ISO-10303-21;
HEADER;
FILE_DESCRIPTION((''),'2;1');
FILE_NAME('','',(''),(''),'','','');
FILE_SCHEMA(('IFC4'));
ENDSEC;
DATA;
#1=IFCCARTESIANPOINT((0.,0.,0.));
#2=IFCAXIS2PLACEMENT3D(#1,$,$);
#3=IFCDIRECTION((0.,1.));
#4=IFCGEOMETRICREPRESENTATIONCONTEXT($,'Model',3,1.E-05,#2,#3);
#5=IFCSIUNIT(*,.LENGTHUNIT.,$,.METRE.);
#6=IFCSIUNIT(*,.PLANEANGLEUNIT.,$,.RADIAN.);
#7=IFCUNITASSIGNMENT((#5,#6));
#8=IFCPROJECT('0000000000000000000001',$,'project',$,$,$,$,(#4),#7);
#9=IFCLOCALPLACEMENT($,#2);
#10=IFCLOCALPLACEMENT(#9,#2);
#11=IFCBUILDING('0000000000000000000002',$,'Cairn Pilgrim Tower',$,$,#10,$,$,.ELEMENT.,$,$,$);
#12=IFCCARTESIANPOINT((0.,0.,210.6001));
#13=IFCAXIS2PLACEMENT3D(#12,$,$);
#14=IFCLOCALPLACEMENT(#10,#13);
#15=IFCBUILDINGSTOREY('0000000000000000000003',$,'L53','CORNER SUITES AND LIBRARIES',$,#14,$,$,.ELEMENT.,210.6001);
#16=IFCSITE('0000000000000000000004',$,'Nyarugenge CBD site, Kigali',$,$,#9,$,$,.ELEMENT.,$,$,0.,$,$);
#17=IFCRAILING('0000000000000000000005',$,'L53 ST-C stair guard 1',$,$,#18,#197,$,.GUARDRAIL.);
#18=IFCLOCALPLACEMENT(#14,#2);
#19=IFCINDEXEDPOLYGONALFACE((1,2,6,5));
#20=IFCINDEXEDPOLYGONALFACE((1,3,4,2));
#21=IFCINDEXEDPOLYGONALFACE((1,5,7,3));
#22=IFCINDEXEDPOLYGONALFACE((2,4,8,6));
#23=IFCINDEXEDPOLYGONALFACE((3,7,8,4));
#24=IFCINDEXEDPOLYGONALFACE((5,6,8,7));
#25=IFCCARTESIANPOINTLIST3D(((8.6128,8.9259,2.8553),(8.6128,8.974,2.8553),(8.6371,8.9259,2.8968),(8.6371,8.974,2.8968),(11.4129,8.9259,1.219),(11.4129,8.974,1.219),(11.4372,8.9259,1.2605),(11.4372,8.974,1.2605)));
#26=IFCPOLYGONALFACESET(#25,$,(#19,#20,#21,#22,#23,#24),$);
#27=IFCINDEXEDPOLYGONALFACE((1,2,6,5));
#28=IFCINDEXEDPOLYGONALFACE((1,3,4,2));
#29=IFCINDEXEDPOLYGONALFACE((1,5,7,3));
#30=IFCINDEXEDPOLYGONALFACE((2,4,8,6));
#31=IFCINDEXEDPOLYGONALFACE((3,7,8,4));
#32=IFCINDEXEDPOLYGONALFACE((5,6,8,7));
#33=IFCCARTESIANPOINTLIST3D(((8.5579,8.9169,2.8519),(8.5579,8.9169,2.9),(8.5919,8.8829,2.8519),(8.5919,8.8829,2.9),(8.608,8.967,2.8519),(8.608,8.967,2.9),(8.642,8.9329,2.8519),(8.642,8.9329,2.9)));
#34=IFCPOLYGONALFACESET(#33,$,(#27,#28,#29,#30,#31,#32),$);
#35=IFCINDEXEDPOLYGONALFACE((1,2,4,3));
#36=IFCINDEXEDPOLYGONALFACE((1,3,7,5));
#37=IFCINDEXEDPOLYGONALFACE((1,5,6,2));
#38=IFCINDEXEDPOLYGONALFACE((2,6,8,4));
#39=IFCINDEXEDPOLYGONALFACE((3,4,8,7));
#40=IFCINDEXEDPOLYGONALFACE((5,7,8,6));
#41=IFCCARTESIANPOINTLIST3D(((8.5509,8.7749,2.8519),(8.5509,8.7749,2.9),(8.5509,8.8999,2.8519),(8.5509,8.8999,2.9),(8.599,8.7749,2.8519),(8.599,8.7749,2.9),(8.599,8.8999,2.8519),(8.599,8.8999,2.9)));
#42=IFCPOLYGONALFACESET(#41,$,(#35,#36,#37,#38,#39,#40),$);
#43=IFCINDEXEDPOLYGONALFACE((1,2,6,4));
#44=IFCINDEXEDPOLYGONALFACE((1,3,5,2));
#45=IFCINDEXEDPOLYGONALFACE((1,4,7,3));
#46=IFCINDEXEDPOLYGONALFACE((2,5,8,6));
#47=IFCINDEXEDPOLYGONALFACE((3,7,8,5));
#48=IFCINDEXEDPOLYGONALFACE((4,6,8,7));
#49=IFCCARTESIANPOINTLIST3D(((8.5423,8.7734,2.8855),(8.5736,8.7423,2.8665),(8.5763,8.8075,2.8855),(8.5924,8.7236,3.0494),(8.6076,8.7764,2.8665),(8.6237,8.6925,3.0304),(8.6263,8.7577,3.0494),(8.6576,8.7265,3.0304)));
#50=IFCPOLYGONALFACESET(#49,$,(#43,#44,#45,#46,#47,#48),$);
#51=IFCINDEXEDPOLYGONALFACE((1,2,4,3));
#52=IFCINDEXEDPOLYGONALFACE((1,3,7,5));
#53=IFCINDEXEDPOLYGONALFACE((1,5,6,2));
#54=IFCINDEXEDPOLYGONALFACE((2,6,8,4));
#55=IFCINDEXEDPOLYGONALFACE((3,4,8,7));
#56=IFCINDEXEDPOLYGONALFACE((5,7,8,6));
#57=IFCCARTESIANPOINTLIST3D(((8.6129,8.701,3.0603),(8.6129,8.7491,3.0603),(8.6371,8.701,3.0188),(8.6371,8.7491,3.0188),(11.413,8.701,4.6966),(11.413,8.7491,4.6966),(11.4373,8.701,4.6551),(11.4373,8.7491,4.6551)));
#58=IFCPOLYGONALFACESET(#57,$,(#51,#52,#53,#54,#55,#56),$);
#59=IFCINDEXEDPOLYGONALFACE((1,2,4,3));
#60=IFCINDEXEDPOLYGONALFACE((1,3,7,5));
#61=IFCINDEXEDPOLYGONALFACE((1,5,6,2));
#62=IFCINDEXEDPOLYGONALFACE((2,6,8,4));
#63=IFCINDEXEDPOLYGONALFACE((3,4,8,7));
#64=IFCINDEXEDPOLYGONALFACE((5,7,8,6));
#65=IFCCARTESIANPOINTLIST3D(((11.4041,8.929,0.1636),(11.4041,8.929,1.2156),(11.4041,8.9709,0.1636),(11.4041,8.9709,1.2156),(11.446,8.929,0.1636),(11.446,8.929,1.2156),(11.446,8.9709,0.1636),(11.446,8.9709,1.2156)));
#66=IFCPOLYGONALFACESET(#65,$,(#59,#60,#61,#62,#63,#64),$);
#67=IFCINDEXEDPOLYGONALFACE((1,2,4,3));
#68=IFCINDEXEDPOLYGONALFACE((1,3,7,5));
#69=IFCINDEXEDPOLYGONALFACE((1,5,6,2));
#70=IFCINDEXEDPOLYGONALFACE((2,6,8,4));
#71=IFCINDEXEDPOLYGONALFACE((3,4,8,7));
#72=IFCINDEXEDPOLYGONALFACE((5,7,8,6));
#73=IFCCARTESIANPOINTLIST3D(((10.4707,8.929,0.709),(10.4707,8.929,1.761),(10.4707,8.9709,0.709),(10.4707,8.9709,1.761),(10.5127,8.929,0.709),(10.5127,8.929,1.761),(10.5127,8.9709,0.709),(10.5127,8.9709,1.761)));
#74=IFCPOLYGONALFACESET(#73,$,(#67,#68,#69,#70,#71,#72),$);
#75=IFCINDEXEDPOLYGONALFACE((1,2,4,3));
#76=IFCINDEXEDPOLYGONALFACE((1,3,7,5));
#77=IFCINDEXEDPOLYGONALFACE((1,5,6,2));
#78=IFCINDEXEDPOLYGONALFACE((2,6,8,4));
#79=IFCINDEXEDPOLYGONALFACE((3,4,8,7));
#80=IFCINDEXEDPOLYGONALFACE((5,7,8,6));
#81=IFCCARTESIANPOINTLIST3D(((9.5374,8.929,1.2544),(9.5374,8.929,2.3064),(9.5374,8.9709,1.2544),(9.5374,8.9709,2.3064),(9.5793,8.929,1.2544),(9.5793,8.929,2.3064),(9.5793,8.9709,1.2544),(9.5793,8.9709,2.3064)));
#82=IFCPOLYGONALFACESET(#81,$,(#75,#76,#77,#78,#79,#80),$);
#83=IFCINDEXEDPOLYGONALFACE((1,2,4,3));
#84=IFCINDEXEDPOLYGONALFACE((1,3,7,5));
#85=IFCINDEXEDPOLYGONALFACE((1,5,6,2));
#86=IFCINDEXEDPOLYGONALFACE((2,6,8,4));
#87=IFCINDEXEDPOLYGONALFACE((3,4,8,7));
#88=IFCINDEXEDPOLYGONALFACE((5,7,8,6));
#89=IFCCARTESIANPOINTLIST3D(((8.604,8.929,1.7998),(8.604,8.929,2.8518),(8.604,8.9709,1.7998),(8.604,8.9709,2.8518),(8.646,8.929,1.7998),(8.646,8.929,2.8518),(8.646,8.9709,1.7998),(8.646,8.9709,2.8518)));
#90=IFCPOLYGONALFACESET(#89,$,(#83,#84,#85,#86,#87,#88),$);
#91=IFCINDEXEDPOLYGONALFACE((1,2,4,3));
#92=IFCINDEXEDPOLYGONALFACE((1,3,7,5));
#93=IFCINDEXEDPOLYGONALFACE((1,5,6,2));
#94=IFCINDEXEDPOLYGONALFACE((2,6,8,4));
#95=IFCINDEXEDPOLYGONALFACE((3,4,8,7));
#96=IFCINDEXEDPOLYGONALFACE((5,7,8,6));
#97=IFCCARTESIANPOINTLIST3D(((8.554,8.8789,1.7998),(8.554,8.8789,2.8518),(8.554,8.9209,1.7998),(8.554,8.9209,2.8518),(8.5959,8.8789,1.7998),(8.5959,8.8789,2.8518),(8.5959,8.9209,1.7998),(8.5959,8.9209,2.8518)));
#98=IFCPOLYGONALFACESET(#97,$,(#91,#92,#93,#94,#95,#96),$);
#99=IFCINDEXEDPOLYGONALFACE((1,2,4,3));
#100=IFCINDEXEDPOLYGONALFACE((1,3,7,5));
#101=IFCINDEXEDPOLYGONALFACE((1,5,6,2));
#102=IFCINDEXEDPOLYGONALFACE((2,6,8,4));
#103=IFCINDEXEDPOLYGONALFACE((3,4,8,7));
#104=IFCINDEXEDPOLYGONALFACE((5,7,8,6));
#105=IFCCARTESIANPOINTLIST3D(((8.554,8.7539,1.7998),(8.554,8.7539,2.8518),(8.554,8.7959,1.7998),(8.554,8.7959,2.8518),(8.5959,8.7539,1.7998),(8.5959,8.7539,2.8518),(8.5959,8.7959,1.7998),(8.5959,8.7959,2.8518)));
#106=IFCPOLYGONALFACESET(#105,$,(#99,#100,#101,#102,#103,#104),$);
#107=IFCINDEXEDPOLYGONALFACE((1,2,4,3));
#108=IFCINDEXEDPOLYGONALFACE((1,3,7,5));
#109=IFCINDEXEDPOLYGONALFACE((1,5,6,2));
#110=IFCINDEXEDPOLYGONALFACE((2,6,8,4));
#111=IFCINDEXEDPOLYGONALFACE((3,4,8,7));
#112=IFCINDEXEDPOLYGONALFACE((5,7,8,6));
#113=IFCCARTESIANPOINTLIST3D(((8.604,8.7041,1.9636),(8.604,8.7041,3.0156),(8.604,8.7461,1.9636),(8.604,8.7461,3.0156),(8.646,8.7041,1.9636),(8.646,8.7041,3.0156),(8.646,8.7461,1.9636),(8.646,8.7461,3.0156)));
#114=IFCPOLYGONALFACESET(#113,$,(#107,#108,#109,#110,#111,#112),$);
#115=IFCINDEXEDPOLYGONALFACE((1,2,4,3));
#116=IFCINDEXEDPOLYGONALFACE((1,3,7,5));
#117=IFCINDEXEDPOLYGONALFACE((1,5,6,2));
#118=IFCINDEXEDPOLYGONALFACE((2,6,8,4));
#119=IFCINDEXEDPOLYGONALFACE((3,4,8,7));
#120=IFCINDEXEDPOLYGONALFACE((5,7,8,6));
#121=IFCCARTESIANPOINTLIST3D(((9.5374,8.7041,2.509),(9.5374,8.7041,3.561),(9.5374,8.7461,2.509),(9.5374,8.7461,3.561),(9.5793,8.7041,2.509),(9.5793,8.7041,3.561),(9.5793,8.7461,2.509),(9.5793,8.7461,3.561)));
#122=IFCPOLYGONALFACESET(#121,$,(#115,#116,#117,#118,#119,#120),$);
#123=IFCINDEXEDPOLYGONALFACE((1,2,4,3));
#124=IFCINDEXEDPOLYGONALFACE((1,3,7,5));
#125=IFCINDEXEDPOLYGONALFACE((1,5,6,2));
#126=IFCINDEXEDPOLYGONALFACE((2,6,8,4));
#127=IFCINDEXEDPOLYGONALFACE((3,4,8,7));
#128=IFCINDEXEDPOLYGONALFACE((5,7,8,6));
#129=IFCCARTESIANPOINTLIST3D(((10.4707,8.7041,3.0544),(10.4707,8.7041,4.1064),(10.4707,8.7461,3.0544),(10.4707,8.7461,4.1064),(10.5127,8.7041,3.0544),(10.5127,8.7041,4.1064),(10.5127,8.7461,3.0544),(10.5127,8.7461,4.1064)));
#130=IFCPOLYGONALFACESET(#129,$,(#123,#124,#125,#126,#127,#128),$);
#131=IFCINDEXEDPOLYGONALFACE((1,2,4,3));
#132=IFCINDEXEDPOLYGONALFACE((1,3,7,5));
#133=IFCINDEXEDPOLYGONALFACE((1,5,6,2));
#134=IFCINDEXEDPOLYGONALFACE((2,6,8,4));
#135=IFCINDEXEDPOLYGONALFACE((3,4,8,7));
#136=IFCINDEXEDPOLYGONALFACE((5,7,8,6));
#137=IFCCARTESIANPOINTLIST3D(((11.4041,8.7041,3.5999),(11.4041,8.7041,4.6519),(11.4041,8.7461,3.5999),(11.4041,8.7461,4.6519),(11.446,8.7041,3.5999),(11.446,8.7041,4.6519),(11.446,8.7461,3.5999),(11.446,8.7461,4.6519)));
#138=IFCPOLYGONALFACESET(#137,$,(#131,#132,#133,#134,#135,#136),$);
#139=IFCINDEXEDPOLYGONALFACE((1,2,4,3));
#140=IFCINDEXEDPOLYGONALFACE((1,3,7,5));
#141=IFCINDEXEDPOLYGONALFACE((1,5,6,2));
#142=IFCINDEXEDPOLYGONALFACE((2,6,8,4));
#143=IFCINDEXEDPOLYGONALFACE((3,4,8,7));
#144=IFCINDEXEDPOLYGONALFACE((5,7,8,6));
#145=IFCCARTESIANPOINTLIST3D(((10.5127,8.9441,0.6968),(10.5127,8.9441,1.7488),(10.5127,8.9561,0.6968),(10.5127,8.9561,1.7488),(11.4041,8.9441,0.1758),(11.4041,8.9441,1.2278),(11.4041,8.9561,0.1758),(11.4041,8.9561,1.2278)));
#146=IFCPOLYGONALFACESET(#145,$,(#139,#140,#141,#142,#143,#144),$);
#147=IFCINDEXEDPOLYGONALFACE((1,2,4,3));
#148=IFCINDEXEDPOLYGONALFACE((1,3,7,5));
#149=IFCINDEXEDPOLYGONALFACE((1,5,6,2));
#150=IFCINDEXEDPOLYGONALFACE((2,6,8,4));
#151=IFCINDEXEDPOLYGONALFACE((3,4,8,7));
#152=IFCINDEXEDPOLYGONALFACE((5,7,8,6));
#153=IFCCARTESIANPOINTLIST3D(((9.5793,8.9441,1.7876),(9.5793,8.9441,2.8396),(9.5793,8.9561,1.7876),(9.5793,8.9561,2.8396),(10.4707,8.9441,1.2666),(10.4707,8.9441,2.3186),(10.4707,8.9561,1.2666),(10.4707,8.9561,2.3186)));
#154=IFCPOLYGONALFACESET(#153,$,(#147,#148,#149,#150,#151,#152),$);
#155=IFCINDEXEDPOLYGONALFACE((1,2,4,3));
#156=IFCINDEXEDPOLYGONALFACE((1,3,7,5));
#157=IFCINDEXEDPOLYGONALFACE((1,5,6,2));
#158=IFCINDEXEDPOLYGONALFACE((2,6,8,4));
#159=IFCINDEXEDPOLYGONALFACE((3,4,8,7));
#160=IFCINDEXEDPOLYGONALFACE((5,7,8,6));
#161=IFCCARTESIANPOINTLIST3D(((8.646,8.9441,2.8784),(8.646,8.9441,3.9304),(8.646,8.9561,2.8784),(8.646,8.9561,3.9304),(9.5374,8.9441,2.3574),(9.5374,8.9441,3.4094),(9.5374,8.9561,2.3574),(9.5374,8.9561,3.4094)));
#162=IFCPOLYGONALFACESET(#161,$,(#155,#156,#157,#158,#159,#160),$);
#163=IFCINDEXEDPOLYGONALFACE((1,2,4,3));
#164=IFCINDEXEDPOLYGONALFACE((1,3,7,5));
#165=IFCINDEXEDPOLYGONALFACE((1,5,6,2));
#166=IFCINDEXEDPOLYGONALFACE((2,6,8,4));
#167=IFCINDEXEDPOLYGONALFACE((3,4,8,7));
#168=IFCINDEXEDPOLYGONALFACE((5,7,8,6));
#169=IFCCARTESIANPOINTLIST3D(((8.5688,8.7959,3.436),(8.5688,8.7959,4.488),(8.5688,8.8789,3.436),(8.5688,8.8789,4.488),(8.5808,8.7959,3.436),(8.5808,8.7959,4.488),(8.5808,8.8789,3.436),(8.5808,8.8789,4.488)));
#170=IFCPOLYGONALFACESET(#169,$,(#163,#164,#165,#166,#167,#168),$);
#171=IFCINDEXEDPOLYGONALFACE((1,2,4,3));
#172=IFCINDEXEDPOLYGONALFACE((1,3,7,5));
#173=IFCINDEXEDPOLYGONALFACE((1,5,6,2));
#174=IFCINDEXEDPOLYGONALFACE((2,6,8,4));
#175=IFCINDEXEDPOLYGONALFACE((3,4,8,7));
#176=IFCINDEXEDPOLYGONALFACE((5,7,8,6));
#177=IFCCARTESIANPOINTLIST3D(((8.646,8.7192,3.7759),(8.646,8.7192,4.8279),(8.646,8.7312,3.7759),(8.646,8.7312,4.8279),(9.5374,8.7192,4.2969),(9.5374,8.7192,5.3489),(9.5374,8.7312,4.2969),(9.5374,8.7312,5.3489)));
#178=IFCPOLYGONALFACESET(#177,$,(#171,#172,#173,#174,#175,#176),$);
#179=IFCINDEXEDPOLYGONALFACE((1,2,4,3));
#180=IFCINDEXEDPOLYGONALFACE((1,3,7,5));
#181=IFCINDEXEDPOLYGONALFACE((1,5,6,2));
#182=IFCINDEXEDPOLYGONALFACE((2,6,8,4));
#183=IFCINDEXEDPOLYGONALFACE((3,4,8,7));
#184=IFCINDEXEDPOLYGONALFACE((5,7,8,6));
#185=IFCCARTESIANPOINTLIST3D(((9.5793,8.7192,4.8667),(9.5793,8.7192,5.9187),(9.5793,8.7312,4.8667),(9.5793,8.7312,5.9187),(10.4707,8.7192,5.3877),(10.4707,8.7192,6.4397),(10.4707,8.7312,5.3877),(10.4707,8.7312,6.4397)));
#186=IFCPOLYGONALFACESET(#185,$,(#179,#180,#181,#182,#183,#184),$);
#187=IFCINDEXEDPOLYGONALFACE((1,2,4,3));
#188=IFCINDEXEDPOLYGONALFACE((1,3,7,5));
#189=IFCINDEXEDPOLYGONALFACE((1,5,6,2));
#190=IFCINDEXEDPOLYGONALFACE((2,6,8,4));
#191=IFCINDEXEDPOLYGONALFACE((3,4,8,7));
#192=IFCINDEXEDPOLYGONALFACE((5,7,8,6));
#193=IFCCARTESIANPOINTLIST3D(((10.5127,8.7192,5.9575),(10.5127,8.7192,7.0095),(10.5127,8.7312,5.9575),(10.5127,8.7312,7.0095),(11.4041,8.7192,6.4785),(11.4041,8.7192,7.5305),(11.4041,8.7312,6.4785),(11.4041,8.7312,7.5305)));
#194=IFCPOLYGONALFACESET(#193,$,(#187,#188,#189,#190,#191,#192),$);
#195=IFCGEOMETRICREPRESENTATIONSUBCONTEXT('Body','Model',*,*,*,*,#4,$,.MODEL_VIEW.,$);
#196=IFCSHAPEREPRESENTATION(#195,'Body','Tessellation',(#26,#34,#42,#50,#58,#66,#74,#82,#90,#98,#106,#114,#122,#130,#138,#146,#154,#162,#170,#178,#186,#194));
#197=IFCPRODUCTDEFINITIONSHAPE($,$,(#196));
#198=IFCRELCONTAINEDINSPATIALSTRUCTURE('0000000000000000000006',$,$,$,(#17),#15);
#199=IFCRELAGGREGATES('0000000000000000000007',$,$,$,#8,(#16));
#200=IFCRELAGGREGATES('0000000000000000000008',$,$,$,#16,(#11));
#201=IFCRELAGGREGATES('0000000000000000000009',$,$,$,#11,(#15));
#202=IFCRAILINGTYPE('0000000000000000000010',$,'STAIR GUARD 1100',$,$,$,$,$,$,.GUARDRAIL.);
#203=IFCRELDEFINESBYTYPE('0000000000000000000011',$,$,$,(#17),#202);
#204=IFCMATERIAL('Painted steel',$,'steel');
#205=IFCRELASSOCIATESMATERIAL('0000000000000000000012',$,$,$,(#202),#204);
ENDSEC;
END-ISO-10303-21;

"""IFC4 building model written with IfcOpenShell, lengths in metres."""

from ifc_helpers import new_model, si_unit, direction, frame, origin, origin_2d, place, context, subcontext, project, spatial, polyline, rectangle, outline, extrude, material, type_object, element, save


model = new_model("IFC4")

# Units and contexts
model_context = context("Model", 3, precision=1e-05, world=origin(), true_north=direction((0.0, 1.0)))
body_context = subcontext(model_context, "Body", "Model", "MODEL_VIEW")
ifc_project = project(units=[si_unit("LENGTHUNIT", "METRE"), si_unit("PLANEANGLEUNIT", "RADIAN")], contexts=[model_context])

# Site, building, storey
site_placement = place(None, origin())
site = spatial("IfcSite", under=ifc_project, at=site_placement, Name="Nyarugenge CBD site, Kigali", CompositionType="ELEMENT", RefElevation=0.0)
building_placement = place(site_placement, origin())
building = spatial("IfcBuilding", under=site, at=building_placement, Name="Cairn Pilgrim Tower", CompositionType="ELEMENT")
storey_placement = place(building_placement, frame((0.0, 0.0, 210.6001)))
storey = spatial("IfcBuildingStorey", under=building, at=storey_placement, Name="L53", Description="CORNER SUITES AND LIBRARIES", CompositionType="ELEMENT", Elevation=210.6001)

# Shared definitions
ifc_material_1 = material(Name="Painted steel", Category="steel")

# Railing
railing_type_1 = type_object("IfcRailingType", Name="STAIR GUARD 1100", PredefinedType="GUARDRAIL", material=ifc_material_1)
railing_1_placement = place(storey_placement, frame((11.425, 8.95, 0.1636)))
element("IfcRailing", 1, at=railing_1_placement, inside=storey, type_object=railing_type_1, Name="L53 ST-C stair guard 1", PredefinedType="GUARDRAIL", context=body_context, shape_type="SweptSolid", body=[
    extrude(rectangle(XDim=0.0481, YDim=0.0481, at=origin_2d()), frame((0.0, 0.0, 1.0762), z_axis=(-0.863394, 0.0, 0.504531), x_axis=(0.0, -1.0, 0.0)), (0.0, 0.0, 1.0), 3.2432),
    extrude(rectangle(XDim=0.0481, YDim=0.0481, at=origin_2d()), frame((-2.8, 0.0, 2.7124), z_axis=(-0.707107, -0.707107, 0.0), x_axis=(0.707107, -0.707107, 0.0)), (0.0, 0.0, 1.0), 0.0708),
    extrude(rectangle(XDim=0.0481, YDim=0.0481, at=origin_2d()), frame((-2.8501, -0.05, 2.7124), z_axis=(0.0, -1.0, 0.0), x_axis=(1.0, 0.0, 0.0)), (0.0, 0.0, 1.0), 0.125),
    extrude(rectangle(XDim=0.0481, YDim=0.0481, at=origin_2d()), frame((-2.8501, -0.175, 2.7124), z_axis=(0.280564, -0.279195, 0.918332), x_axis=(0.705376, 0.708834, 0.0)), (0.0, 0.0, 1.0), 0.1785),
    extrude(rectangle(XDim=0.0481, YDim=0.0481, at=origin_2d()), frame((-2.8, -0.2249, 2.876), z_axis=(0.863394, 0.0, 0.504531), x_axis=(0.0, 1.0, 0.0)), (0.0, 0.0, 1.0), 3.2432),
    extrude(rectangle(XDim=0.042, YDim=0.042, at=origin_2d()), origin(), (0.0, 0.0, 1.0), 1.052),
    extrude(rectangle(XDim=0.042, YDim=0.042, at=origin_2d()), frame((-0.9333, 0.0, 0.5454)), (0.0, 0.0, 1.0), 1.052),
    extrude(rectangle(XDim=0.042, YDim=0.042, at=origin_2d()), frame((-1.8667, 0.0, 1.0908)), (0.0, 0.0, 1.0), 1.052),
    extrude(rectangle(XDim=0.042, YDim=0.042, at=origin_2d()), frame((-2.8, 0.0, 1.6362)), (0.0, 0.0, 1.0), 1.052),
    extrude(rectangle(XDim=0.042, YDim=0.042, at=origin_2d()), frame((-2.8501, -0.05, 1.6362)), (0.0, 0.0, 1.0), 1.052),
    extrude(rectangle(XDim=0.042, YDim=0.042, at=origin_2d()), frame((-2.8501, -0.175, 1.6362)), (0.0, 0.0, 1.0), 1.052),
    extrude(rectangle(XDim=0.042, YDim=0.042, at=origin_2d()), frame((-2.8, -0.2249, 1.8)), (0.0, 0.0, 1.0), 1.052),
    extrude(rectangle(XDim=0.042, YDim=0.042, at=origin_2d()), frame((-1.8667, -0.2249, 2.3455)), (0.0, 0.0, 1.0), 1.052),
    extrude(rectangle(XDim=0.042, YDim=0.042, at=origin_2d()), frame((-0.9333, -0.2249, 2.8909)), (0.0, 0.0, 1.0), 1.052),
    extrude(rectangle(XDim=0.042, YDim=0.042, at=origin_2d()), frame((0.0, -0.2249, 3.4363)), (0.0, 0.0, 1.0), 1.052),
    extrude(outline(polyline([(0.021, 0.0122), (0.9124, 0.5332), (0.9124, 1.5852), (0.021, 1.0642), (0.021, 0.0122)])), frame((0.0, -0.0059, 0.0), z_axis=(0.0, 1.0, 0.0), x_axis=(-1.0, 0.0, 0.0)), (0.0, 0.0, 1.0), 0.012),
    extrude(outline(polyline([(0.021, 0.5576), (0.9124, 1.0786), (0.9124, 2.1306), (0.021, 1.6096), (0.021, 0.5576)])), frame((-0.9333, -0.0059, 0.5454), z_axis=(0.0, 1.0, 0.0), x_axis=(-1.0, 0.0, 0.0)), (0.0, 0.0, 1.0), 0.012),
    extrude(outline(polyline([(0.021, 1.103), (0.9124, 1.624), (0.9124, 2.676), (0.021, 2.155), (0.021, 1.103)])), frame((-1.8667, -0.0059, 1.0908), z_axis=(0.0, 1.0, 0.0), x_axis=(-1.0, 0.0, 0.0)), (0.0, 0.0, 1.0), 0.012),
    extrude(outline(polyline([(0.021, 1.6362), (0.104, 1.6362), (0.104, 2.6882), (0.021, 2.6882), (0.021, 1.6362)])), frame((-2.8442, -0.05, 1.6362), z_axis=(-1.0, 0.0, 0.0), x_axis=(0.0, -1.0, 0.0)), (0.0, 0.0, 1.0), 0.012),
    extrude(outline(polyline([(0.021, 1.8123), (0.9124, 2.3333), (0.9124, 3.3853), (0.021, 2.8643), (0.021, 1.8123)])), frame((-2.8, -0.2188, 1.8), z_axis=(0.0, -1.0, 0.0), x_axis=(1.0, 0.0, 0.0)), (0.0, 0.0, 1.0), 0.012),
    extrude(outline(polyline([(0.021, 2.3577), (0.9124, 2.8787), (0.9124, 3.9307), (0.021, 3.4097), (0.021, 2.3577)])), frame((-1.8667, -0.2188, 2.3455), z_axis=(0.0, -1.0, 0.0), x_axis=(1.0, 0.0, 0.0)), (0.0, 0.0, 1.0), 0.012),
    extrude(outline(polyline([(0.021, 2.9031), (0.9124, 3.4241), (0.9124, 4.4761), (0.021, 3.9551), (0.021, 2.9031)])), frame((-0.9333, -0.2188, 2.8909), z_axis=(0.0, -1.0, 0.0), x_axis=(1.0, 0.0, 0.0)), (0.0, 0.0, 1.0), 0.012),
])

save(model, "model.ifc")
